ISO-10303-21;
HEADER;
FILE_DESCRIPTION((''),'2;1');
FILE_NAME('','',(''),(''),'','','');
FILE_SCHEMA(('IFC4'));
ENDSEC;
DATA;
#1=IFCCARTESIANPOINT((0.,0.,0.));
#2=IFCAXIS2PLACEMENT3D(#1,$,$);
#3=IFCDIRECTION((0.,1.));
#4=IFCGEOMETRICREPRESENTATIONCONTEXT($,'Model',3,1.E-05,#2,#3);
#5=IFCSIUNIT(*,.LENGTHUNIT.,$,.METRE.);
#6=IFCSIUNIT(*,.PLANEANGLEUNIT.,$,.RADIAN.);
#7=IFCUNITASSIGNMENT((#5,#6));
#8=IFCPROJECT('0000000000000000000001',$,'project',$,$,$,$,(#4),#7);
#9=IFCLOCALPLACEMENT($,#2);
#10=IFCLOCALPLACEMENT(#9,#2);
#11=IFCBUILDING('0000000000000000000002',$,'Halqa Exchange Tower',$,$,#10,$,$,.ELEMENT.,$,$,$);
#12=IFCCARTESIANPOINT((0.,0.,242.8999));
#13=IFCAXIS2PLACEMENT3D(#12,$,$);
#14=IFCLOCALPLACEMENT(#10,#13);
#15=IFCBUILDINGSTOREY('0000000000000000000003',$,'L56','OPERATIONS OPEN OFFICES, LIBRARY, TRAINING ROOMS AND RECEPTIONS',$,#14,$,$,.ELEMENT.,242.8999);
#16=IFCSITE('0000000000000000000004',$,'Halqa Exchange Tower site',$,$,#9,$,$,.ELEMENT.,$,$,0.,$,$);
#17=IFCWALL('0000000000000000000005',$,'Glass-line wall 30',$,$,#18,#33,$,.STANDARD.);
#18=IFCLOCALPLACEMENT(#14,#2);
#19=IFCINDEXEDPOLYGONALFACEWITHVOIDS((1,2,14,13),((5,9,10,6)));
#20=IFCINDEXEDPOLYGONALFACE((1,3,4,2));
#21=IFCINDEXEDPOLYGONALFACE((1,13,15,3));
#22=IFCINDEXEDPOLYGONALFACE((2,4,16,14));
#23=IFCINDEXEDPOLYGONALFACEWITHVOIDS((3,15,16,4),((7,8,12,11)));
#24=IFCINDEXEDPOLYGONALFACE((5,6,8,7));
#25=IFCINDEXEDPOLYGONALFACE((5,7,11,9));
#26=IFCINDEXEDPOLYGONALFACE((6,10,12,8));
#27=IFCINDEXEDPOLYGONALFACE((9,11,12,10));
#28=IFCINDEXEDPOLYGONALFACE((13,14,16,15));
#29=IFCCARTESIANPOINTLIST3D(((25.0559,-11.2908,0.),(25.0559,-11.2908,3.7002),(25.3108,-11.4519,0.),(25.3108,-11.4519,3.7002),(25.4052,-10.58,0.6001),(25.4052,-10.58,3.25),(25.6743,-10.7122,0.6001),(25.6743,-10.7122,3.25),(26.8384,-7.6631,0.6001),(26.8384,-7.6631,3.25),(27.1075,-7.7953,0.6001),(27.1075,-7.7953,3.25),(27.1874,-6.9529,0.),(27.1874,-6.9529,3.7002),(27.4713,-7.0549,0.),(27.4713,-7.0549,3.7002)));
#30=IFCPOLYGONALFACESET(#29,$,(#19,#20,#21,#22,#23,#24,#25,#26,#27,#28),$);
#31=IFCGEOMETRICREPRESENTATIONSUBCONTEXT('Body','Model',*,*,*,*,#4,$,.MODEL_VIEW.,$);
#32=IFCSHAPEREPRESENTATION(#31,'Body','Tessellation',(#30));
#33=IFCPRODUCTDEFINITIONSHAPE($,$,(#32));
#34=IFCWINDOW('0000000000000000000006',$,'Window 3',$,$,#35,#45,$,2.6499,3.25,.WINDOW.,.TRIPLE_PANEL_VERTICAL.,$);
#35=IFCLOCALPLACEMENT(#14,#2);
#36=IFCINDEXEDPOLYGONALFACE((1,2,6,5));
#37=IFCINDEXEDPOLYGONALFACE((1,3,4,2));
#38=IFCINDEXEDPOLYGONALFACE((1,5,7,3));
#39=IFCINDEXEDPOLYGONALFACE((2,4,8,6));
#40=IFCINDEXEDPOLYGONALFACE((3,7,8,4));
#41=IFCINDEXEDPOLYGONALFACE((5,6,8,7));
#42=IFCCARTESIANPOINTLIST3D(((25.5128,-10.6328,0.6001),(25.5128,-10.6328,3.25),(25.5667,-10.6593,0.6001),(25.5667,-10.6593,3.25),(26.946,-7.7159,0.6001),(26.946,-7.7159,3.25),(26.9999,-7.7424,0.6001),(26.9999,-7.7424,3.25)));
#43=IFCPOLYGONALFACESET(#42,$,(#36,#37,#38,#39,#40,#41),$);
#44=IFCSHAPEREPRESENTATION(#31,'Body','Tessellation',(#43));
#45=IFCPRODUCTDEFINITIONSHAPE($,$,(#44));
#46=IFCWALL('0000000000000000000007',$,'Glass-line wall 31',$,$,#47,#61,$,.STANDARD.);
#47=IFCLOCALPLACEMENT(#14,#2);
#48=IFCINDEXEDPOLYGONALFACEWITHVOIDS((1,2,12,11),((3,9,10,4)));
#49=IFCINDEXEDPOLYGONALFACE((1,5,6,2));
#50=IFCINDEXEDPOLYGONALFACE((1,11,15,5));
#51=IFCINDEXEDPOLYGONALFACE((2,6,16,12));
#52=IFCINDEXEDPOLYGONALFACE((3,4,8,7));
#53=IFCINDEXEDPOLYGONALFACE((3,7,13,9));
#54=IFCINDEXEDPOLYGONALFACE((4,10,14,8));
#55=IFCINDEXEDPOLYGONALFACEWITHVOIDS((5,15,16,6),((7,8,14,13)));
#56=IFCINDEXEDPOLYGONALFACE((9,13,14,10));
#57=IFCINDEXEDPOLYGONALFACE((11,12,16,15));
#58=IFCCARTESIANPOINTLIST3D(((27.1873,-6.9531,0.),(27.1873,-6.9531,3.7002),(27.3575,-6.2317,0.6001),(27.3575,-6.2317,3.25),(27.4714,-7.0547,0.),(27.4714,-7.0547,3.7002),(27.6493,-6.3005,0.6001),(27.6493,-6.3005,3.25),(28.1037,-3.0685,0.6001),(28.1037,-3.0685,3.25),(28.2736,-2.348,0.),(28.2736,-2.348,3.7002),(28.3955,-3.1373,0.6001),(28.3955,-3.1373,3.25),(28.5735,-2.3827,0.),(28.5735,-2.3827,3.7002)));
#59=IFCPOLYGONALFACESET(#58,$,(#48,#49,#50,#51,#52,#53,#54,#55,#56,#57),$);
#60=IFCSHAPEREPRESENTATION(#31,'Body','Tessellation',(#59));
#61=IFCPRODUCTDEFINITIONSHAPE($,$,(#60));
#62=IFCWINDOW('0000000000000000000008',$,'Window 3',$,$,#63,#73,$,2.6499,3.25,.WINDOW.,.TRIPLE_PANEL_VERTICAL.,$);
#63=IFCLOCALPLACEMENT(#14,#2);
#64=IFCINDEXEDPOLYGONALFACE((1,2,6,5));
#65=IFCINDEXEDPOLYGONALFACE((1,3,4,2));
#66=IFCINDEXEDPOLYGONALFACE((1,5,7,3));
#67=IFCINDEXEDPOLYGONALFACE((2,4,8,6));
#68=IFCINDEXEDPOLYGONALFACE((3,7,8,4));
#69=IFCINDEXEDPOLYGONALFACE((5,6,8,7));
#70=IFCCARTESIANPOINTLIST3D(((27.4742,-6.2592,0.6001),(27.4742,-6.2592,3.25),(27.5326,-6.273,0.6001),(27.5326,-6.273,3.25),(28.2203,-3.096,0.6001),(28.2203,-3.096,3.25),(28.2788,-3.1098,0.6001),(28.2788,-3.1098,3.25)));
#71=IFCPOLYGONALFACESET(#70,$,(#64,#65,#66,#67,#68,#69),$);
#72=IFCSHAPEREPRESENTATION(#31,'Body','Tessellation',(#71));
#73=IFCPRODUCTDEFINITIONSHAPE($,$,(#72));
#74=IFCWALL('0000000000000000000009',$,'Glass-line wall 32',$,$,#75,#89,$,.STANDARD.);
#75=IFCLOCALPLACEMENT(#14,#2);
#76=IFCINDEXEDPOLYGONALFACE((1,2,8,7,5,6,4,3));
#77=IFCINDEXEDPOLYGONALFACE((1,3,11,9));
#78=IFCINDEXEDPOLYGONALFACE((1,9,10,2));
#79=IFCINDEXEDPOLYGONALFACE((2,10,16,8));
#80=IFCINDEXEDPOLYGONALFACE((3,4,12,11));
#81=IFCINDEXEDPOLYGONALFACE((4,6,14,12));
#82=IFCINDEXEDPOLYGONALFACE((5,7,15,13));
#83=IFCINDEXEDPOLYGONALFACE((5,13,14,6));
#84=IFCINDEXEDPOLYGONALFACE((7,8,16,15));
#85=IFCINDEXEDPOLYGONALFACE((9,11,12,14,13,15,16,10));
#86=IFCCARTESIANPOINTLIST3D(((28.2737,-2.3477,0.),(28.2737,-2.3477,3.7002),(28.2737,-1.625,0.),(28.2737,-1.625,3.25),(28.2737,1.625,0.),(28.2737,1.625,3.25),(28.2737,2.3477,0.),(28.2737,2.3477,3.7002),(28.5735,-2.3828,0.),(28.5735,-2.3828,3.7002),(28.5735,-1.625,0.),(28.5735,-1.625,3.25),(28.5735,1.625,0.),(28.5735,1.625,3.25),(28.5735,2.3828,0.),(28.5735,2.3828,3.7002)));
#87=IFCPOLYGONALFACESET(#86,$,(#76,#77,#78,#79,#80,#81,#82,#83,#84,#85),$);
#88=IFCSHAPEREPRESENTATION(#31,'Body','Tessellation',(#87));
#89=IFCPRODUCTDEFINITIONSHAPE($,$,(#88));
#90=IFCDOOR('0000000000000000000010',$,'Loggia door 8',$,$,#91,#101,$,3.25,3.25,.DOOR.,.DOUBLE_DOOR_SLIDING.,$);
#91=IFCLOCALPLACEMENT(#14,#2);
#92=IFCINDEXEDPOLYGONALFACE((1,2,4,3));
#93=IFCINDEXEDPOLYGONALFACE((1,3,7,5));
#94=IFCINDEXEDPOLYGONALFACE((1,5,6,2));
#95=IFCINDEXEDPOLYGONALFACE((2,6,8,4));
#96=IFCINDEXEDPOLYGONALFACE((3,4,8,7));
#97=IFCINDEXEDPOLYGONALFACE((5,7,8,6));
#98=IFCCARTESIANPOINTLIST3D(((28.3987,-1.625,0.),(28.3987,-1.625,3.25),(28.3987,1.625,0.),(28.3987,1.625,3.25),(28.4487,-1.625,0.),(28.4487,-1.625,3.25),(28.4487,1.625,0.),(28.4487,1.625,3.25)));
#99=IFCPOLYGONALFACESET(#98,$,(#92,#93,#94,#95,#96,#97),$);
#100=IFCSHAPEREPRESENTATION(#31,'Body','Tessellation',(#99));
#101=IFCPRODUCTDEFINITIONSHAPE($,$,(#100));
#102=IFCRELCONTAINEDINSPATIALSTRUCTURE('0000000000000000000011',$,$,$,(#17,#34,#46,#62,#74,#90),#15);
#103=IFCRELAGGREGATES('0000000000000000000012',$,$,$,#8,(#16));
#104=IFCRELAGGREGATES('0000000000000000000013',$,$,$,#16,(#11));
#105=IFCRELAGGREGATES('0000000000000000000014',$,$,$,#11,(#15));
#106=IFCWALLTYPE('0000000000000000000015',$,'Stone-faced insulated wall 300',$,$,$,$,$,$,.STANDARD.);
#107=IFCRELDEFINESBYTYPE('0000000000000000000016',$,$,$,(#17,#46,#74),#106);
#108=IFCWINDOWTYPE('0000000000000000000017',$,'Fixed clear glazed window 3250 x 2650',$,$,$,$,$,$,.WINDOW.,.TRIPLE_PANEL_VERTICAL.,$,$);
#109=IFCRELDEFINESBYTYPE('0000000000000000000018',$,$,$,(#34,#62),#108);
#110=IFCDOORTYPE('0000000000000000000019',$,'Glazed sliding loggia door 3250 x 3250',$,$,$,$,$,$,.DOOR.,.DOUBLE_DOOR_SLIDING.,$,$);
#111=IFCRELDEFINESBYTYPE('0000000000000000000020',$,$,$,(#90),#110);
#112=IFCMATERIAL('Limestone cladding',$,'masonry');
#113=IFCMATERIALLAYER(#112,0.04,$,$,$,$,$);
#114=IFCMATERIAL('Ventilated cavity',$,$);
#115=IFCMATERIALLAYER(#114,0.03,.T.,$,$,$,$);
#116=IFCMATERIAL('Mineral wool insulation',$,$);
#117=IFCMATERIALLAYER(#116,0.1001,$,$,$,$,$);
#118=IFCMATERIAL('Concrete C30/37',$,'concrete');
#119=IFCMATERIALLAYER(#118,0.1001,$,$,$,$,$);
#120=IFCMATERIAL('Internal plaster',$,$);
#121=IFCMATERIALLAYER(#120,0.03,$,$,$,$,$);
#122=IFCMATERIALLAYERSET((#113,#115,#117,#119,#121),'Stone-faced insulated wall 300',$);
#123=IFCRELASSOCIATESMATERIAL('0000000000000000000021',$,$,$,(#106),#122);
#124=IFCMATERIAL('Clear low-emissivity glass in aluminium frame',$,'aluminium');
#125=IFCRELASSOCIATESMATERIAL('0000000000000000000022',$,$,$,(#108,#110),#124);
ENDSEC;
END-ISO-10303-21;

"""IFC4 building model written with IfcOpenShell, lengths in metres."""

from ifc_helpers import new_model, si_unit, direction, frame, frame_2d, origin, place, context, subcontext, project, spatial, polyline, rectangle, outline, extrude, material, layer, layer_set, type_object, element, fill, save


model = new_model("IFC4")

# Units and contexts
model_context = context("Model", 3, precision=1e-05, world=origin(), true_north=direction((0.0, 1.0)))
body_context = subcontext(model_context, "Body", "Model", "MODEL_VIEW")
ifc_project = project(units=[si_unit("LENGTHUNIT", "METRE"), si_unit("PLANEANGLEUNIT", "RADIAN")], contexts=[model_context])

# Site, building, storey
site_placement = place(None, origin())
site = spatial("IfcSite", under=ifc_project, at=site_placement, Name="Halqa Exchange Tower site", CompositionType="ELEMENT", RefElevation=0.0)
building_placement = place(site_placement, origin())
building = spatial("IfcBuilding", under=site, at=building_placement, Name="Halqa Exchange Tower", CompositionType="ELEMENT")
storey_placement = place(building_placement, frame((0.0, 0.0, 242.8999)))
storey = spatial("IfcBuildingStorey", under=building, at=storey_placement, Name="L56", Description="OPERATIONS OPEN OFFICES, LIBRARY, TRAINING ROOMS AND RECEPTIONS", CompositionType="ELEMENT", Elevation=242.8999)

# Walls, openings, windows
ifc_material_1 = material(Name="Limestone cladding", Category="masonry")
ifc_layer_1 = layer(ifc_material_1, 0.04)
ifc_material_2 = material(Name="Ventilated cavity")
ifc_layer_2 = layer(ifc_material_2, 0.03, ventilated=True)
ifc_material_3 = material(Name="Mineral wool insulation")
ifc_layer_3 = layer(ifc_material_3, 0.1001)
ifc_material_4 = material(Name="Concrete C30/37", Category="concrete")
ifc_layer_4 = layer(ifc_material_4, 0.1001)
ifc_material_5 = material(Name="Internal plaster")
ifc_layer_5 = layer(ifc_material_5, 0.03)
ifc_layer_set_1 = layer_set([ifc_layer_1, ifc_layer_2, ifc_layer_3, ifc_layer_4, ifc_layer_5], Name="Stone-faced insulated wall 300")
wall_type_1 = type_object("IfcWallType", Name="Stone-faced insulated wall 300", PredefinedType="STANDARD", material=ifc_layer_set_1)
wall_1_placement = place(storey_placement, frame((25.1833, -11.3713, 0.0), z_axis=(0.0, 0.0, 1.0), x_axis=(0.441002, 0.897506, 0.0)))
wall_1 = element("IfcWall", 1, at=wall_1_placement, inside=storey, type_object=wall_type_1, Name="Glass-line wall 30", PredefinedType="STANDARD", context=body_context, shape_type="SweptSolid", body=[
    extrude(outline(polyline([(-0.0161, -0.1499), (4.8831, -0.1499), (4.8494, 0.1499), (0.0161, 0.1499), (-0.0161, -0.1499)])), origin(), (0.0, 0.0, 1.0), 3.7002),
])
opening_1_placement = place(wall_1_placement, frame((0.8081, 0.0, 0.6001)))
opening_1 = element("IfcOpeningElement", 2, at=opening_1_placement, cuts=wall_1, PredefinedType="OPENING", context=body_context, shape_type="SweptSolid", body=[
    extrude(rectangle(XDim=3.25, YDim=2.6499, at=frame_2d((1.625, 1.325))), frame((0.0, 0.1621, 0.0), z_axis=(0.0, -1.0, 0.0), x_axis=(1.0, 0.0, 0.0)), (0.0, 0.0, 1.0), 0.324),
])
ifc_material_6 = material(Name="Clear low-emissivity glass in aluminium frame", Category="aluminium")
window_type = type_object("IfcWindowType", Name="Fixed clear glazed window 3250 x 2650", PartitioningType="TRIPLE_PANEL_VERTICAL", PredefinedType="WINDOW", material=ifc_material_6)
window_1_placement = place(opening_1_placement, origin())
window_1 = element("IfcWindow", 3, at=window_1_placement, inside=storey, type_object=window_type, Name="Window 3", OverallHeight=2.6499, OverallWidth=3.25, PartitioningType="TRIPLE_PANEL_VERTICAL", PredefinedType="WINDOW", context=body_context, shape_type="SweptSolid", body=[
    extrude(rectangle(XDim=3.25, YDim=2.6499, at=frame_2d((1.625, 1.325))), frame((0.0, 0.03, 0.0), z_axis=(0.0, -1.0, 0.0), x_axis=(1.0, 0.0, 0.0)), (0.0, 0.0, 1.0), 0.0601),
])
fill(opening_1, window_1)
wall_2_placement = place(storey_placement, frame((27.3293, -7.0039, 0.0), z_axis=(0.0, 0.0, 1.0), x_axis=(0.229593, 0.973287, 0.0)))
wall_2 = element("IfcWall", 4, at=wall_2_placement, inside=storey, type_object=wall_type_1, Name="Glass-line wall 31", PredefinedType="STANDARD", context=body_context, shape_type="SweptSolid", body=[
    extrude(outline(polyline([(-0.0168, -0.1499), (4.7834, -0.1499), (4.7483, 0.1499), (0.0168, 0.1499), (-0.0168, -0.1499)])), origin(), (0.0, 0.0, 1.0), 3.7002),
])
opening_2_placement = place(wall_2_placement, frame((0.7581, 0.0, 0.6001)))
opening_2 = element("IfcOpeningElement", 5, at=opening_2_placement, cuts=wall_2, PredefinedType="OPENING", context=body_context, shape_type="SweptSolid", body=[
    extrude(rectangle(XDim=3.25, YDim=2.6499, at=frame_2d((1.625, 1.325))), frame((0.0, 0.1621, 0.0), z_axis=(0.0, -1.0, 0.0), x_axis=(1.0, 0.0, 0.0)), (0.0, 0.0, 1.0), 0.324),
])
window_2_placement = place(opening_2_placement, origin())
window_2 = element("IfcWindow", 6, at=window_2_placement, inside=storey, type_object=window_type, Name="Window 3", OverallHeight=2.6499, OverallWidth=3.25, PartitioningType="TRIPLE_PANEL_VERTICAL", PredefinedType="WINDOW", context=body_context, shape_type="SweptSolid", body=[
    extrude(rectangle(XDim=3.25, YDim=2.6499, at=frame_2d((1.625, 1.325))), frame((0.0, 0.03, 0.0), z_axis=(0.0, -1.0, 0.0), x_axis=(1.0, 0.0, 0.0)), (0.0, 0.0, 1.0), 0.0601),
])
fill(opening_2, window_2)

# Wall, opening, door
wall_3_placement = place(storey_placement, frame((28.4236, -2.3652, 0.0), z_axis=(0.0, 0.0, 1.0), x_axis=(0.0, 1.0, 0.0)))
wall_3 = element("IfcWall", 7, at=wall_3_placement, inside=storey, type_object=wall_type_1, Name="Glass-line wall 32", PredefinedType="STANDARD", context=body_context, shape_type="SweptSolid", body=[
    extrude(outline(polyline([(-0.0176, -0.1499), (4.748, -0.1499), (4.7129, 0.1499), (0.0176, 0.1499), (-0.0176, -0.1499)])), origin(), (0.0, 0.0, 1.0), 3.7002),
])
opening_3_placement = place(wall_3_placement, frame((0.7402, 0.0, 0.0)))
opening_3 = element("IfcOpeningElement", 8, at=opening_3_placement, cuts=wall_3, PredefinedType="OPENING", context=body_context, shape_type="SweptSolid", body=[
    extrude(rectangle(XDim=3.25, YDim=3.25, at=frame_2d((1.625, 1.625))), frame((0.0, 0.1621, 0.0), z_axis=(0.0, -1.0, 0.0), x_axis=(1.0, 0.0, 0.0)), (0.0, 0.0, 1.0), 0.324),
])
door_type_1 = type_object("IfcDoorType", Name="Glazed sliding loggia door 3250 x 3250", OperationType="DOUBLE_DOOR_SLIDING", PredefinedType="DOOR", material=ifc_material_6)
door_1_placement = place(opening_3_placement, origin())
door_1 = element("IfcDoor", 9, at=door_1_placement, inside=storey, type_object=door_type_1, Name="Loggia door 8", OperationType="DOUBLE_DOOR_SLIDING", OverallHeight=3.25, OverallWidth=3.25, PredefinedType="DOOR", context=body_context, shape_type="SweptSolid", body=[
    extrude(rectangle(XDim=3.25, YDim=3.25, at=frame_2d((1.625, 1.625))), frame((0.0, 0.0249, 0.0), z_axis=(0.0, -1.0, 0.0), x_axis=(1.0, 0.0, 0.0)), (0.0, 0.0, 1.0), 0.05),
])
fill(opening_3, door_1)

save(model, "model.ifc")
